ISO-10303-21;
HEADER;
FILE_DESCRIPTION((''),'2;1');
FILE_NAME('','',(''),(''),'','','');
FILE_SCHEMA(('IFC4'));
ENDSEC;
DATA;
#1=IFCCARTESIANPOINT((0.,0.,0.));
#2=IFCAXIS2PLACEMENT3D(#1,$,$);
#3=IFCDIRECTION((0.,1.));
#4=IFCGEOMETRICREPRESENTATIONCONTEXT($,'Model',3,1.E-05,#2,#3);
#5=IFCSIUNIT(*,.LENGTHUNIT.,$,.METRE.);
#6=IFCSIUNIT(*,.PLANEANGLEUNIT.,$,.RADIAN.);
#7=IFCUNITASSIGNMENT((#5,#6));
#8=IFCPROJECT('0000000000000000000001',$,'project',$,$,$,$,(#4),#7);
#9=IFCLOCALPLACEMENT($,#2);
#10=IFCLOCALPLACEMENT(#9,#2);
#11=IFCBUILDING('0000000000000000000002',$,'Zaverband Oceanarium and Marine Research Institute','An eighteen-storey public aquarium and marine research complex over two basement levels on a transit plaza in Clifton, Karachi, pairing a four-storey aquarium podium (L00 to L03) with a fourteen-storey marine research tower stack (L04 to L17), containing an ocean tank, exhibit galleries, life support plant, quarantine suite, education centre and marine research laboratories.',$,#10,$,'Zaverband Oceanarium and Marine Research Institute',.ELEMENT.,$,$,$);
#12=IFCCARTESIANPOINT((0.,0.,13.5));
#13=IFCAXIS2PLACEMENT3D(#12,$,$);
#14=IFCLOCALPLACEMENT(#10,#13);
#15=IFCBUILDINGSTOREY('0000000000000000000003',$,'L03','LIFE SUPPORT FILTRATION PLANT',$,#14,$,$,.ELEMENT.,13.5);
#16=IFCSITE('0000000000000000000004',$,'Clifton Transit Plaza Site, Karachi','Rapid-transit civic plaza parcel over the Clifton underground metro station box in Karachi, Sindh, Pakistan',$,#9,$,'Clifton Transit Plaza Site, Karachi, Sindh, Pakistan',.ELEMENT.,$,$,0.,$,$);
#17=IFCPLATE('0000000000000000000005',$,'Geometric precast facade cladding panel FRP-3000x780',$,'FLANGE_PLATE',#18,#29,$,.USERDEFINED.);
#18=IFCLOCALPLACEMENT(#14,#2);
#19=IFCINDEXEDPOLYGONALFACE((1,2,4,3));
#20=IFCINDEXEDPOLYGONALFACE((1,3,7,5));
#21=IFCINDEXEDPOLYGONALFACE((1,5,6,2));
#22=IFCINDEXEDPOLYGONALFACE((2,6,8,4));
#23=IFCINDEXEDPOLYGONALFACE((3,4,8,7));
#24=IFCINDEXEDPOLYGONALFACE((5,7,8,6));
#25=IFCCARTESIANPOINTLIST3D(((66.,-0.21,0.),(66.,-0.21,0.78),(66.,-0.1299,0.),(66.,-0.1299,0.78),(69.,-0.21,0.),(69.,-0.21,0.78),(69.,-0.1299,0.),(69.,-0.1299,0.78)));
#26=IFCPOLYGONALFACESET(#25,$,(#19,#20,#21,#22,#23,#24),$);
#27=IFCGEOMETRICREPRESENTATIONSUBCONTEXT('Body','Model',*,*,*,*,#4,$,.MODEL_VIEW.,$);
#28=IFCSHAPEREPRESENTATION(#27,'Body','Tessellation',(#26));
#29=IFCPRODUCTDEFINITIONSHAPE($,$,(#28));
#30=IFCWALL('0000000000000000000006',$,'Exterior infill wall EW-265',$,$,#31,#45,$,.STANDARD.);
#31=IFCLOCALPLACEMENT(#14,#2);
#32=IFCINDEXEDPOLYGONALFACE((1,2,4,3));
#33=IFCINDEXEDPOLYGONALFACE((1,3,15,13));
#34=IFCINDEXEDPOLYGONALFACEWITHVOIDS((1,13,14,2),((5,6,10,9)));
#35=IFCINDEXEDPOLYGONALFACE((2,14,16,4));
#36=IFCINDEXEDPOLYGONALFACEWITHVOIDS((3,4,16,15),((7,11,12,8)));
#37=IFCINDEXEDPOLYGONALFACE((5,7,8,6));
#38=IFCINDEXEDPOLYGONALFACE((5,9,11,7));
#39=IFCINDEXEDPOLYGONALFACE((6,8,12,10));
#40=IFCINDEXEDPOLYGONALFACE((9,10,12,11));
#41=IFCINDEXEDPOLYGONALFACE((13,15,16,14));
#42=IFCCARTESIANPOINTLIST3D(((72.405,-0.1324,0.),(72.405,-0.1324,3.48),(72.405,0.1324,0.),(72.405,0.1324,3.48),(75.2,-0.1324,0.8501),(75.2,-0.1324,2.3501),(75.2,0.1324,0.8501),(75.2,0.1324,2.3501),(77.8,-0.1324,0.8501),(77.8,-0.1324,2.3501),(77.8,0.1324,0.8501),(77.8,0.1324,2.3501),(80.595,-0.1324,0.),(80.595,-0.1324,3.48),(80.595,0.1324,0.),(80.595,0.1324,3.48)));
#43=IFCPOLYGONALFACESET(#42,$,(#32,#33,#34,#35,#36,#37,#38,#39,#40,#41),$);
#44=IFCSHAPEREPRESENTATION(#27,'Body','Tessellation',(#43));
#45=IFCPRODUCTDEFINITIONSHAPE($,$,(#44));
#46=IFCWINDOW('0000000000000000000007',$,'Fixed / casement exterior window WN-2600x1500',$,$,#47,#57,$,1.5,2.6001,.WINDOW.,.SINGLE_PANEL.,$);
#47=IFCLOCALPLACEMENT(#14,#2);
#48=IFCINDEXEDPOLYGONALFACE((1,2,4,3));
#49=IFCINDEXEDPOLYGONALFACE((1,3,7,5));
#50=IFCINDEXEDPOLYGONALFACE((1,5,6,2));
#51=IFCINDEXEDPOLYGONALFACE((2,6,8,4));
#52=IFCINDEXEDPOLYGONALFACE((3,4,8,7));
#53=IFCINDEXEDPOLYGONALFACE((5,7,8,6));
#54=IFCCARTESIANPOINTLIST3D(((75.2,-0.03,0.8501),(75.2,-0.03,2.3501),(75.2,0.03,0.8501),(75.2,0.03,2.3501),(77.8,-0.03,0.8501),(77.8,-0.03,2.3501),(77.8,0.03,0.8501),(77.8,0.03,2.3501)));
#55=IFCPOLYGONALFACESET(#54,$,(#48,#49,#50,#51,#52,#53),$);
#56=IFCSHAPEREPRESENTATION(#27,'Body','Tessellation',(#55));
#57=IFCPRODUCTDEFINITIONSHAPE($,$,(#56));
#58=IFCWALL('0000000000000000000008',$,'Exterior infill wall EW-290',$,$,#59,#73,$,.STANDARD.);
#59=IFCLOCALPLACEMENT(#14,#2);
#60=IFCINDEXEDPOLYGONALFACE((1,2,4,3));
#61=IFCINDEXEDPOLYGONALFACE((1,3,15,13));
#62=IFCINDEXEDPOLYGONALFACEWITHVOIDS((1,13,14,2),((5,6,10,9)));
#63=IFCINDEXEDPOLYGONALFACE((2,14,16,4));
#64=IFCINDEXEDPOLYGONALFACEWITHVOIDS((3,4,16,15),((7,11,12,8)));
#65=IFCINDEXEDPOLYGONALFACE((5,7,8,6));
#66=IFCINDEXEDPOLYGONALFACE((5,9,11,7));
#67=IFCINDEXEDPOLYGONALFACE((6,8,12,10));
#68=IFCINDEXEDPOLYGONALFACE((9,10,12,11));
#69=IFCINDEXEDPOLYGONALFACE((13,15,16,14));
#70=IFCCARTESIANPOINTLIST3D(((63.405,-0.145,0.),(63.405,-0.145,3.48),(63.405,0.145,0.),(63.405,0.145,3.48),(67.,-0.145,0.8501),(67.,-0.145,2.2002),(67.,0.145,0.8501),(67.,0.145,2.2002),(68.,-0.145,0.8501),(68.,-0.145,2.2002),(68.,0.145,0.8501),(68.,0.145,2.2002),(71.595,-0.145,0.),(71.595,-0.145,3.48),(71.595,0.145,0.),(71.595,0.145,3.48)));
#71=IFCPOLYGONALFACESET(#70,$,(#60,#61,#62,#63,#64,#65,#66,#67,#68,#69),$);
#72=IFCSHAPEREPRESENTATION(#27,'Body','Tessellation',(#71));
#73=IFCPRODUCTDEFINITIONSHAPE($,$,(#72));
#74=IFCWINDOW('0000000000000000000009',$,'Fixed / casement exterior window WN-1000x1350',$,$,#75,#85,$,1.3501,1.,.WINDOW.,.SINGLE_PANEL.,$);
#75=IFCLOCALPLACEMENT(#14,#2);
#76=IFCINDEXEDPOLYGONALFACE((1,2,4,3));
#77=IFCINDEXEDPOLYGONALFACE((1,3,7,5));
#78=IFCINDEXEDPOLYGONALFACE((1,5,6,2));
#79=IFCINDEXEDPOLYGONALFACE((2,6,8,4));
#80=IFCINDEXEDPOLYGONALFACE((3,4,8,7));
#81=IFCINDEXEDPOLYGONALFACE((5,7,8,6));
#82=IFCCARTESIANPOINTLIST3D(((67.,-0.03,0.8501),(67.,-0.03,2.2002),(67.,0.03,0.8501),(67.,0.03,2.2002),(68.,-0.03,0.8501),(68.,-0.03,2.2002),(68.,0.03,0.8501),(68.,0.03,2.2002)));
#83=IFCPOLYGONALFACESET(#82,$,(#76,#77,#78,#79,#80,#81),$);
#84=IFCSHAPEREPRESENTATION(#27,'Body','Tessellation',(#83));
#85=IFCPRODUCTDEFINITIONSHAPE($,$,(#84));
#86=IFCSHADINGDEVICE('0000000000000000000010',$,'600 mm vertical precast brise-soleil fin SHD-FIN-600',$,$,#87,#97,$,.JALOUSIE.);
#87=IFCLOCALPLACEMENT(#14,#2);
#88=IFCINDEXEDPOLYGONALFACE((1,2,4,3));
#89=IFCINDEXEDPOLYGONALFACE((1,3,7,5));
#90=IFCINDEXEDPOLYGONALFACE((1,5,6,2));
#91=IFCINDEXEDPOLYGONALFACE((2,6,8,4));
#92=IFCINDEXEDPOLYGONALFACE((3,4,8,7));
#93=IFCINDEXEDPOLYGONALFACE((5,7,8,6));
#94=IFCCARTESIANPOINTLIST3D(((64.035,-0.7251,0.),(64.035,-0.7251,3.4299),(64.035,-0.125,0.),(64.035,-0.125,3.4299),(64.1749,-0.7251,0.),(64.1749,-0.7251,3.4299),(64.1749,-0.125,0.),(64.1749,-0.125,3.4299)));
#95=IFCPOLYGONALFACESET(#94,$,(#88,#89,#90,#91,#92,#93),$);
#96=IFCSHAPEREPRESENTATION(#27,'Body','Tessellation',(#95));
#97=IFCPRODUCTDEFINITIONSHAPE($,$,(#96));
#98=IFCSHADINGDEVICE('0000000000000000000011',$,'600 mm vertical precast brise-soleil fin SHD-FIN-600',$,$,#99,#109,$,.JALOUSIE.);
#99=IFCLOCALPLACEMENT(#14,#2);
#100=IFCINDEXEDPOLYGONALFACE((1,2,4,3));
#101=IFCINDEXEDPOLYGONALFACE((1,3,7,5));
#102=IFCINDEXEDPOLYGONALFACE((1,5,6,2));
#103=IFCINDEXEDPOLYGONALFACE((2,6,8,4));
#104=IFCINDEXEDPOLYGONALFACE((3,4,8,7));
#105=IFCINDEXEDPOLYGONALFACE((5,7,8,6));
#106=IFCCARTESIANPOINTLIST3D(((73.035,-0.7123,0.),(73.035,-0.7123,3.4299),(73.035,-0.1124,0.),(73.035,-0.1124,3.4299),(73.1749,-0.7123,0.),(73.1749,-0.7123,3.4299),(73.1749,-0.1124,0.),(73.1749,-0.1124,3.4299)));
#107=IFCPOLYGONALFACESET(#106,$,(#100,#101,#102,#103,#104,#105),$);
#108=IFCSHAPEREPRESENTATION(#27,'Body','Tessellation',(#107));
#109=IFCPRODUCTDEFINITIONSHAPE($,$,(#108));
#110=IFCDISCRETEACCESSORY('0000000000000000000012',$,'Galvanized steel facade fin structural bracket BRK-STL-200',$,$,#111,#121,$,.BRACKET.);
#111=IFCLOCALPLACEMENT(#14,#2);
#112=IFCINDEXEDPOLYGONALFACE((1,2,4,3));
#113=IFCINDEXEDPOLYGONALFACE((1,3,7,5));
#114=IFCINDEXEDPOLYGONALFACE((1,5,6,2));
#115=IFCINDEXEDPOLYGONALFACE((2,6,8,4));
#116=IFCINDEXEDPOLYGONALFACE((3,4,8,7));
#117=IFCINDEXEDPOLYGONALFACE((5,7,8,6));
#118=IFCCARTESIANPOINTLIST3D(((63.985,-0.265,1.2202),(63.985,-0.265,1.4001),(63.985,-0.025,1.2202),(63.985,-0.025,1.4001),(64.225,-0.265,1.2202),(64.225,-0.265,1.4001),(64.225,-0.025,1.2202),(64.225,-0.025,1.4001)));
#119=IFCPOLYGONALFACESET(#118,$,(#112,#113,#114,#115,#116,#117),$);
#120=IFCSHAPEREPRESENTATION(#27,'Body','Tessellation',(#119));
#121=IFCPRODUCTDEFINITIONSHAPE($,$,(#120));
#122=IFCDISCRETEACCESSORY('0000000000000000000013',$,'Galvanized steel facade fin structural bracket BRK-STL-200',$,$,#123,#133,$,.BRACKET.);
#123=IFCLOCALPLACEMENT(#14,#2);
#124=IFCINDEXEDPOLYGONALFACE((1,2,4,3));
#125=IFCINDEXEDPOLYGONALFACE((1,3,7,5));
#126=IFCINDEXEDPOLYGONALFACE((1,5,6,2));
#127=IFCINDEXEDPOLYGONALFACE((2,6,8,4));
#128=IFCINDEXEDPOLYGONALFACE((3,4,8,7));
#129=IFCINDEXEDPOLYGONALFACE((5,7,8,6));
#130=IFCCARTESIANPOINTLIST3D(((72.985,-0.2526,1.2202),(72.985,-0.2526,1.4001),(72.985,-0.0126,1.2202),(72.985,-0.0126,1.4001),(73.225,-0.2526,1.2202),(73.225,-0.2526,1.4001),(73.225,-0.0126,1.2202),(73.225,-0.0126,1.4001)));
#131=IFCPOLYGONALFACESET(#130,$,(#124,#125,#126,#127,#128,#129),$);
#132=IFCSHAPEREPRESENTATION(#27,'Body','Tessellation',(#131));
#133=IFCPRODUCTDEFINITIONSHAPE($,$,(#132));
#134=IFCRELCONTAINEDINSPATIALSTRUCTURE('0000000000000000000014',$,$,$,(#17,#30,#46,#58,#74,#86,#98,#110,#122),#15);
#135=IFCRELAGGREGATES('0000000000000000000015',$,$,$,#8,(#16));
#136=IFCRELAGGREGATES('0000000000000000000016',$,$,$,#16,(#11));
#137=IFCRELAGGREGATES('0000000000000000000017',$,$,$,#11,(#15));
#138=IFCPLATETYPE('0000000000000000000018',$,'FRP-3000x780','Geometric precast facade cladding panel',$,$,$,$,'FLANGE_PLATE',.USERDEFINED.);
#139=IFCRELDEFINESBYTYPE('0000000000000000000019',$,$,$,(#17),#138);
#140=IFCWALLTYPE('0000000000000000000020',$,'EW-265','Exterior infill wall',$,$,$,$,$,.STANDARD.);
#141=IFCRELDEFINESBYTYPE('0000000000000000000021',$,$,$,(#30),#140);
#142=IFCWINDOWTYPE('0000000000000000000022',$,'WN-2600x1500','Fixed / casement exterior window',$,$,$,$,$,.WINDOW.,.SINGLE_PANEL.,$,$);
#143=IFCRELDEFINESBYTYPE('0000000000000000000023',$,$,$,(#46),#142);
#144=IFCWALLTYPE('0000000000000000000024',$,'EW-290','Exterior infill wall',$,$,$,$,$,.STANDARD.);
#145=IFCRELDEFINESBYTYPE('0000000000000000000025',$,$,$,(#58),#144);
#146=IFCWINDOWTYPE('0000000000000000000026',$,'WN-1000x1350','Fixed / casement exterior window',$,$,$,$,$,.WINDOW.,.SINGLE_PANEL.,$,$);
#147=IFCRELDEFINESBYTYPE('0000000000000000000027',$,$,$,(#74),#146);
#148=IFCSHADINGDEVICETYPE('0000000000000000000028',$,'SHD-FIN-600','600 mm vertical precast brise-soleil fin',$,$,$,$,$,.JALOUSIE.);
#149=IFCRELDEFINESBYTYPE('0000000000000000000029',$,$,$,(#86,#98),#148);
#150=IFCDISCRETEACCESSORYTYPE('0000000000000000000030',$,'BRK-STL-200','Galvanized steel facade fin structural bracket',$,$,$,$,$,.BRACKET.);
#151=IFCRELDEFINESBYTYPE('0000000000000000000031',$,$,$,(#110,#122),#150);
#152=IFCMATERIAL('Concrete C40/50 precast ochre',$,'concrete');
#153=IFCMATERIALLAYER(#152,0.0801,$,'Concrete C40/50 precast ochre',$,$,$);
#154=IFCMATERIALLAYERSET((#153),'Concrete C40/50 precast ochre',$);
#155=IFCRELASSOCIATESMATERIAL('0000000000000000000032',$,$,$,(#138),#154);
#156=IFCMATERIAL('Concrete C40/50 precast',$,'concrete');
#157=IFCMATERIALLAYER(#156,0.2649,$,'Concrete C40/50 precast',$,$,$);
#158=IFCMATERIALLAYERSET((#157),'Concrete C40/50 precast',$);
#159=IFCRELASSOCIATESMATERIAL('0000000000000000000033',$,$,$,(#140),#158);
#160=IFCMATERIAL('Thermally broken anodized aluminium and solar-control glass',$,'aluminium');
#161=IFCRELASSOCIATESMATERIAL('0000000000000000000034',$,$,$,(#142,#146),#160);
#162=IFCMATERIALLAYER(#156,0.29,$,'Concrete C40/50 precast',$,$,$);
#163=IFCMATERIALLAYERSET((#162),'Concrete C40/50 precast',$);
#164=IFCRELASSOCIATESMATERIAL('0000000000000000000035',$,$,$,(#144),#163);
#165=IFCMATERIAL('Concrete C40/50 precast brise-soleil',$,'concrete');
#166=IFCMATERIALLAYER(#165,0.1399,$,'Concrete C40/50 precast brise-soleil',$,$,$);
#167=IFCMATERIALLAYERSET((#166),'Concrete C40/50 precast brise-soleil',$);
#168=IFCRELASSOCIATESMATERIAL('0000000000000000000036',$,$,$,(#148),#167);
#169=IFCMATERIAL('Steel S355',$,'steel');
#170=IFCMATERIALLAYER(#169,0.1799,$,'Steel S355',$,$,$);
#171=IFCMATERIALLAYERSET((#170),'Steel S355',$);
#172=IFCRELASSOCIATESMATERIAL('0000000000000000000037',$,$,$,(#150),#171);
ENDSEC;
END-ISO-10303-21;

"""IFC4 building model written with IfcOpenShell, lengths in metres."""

from ifc_helpers import new_model, si_unit, direction, frame, frame_2d, origin, origin_2d, place, context, subcontext, project, spatial, rectangle, extrude, material, layer, layer_set, type_object, element, fill, save


model = new_model("IFC4")

# Units and contexts
model_context = context("Model", 3, precision=1e-05, world=origin(), true_north=direction((0.0, 1.0)))
body_context = subcontext(model_context, "Body", "Model", "MODEL_VIEW")
ifc_project = project(units=[si_unit("LENGTHUNIT", "METRE"), si_unit("PLANEANGLEUNIT", "RADIAN")], contexts=[model_context])

# Site, building, storey
site_placement = place(None, origin())
site = spatial("IfcSite", under=ifc_project, at=site_placement, Name="Clifton Transit Plaza Site, Karachi", Description="Rapid-transit civic plaza parcel over the Clifton underground metro station box in Karachi, Sindh, Pakistan", LongName="Clifton Transit Plaza Site, Karachi, Sindh, Pakistan", CompositionType="ELEMENT", RefElevation=0.0)
building_placement = place(site_placement, origin())
building = spatial("IfcBuilding", under=site, at=building_placement, Name="Zaverband Oceanarium and Marine Research Institute", Description="An eighteen-storey public aquarium and marine research complex over two basement levels on a transit plaza in Clifton, Karachi, pairing a four-storey aquarium podium (L00 to L03) with a fourteen-storey marine research tower stack (L04 to L17), containing an ocean tank, exhibit galleries, life support plant, quarantine suite, education centre and marine research laboratories.", LongName="Zaverband Oceanarium and Marine Research Institute", CompositionType="ELEMENT")
storey_placement = place(building_placement, frame((0.0, 0.0, 13.5)))
storey = spatial("IfcBuildingStorey", under=building, at=storey_placement, Name="L03", Description="LIFE SUPPORT FILTRATION PLANT", CompositionType="ELEMENT", Elevation=13.5)

# Plate
ifc_material_1 = material(Name="Concrete C40/50 precast ochre", Category="concrete")
ifc_layer_1 = layer(ifc_material_1, 0.0801, Name="Concrete C40/50 precast ochre")
ifc_layer_set_1 = layer_set([ifc_layer_1], Name="Concrete C40/50 precast ochre")
plate_type_1 = type_object("IfcPlateType", Name="FRP-3000x780", Description="Geometric precast facade cladding panel", ElementType="FLANGE_PLATE", PredefinedType="USERDEFINED", material=ifc_layer_set_1)
plate_1_placement = place(storey_placement, frame((66.0, -0.1699, 0.0), z_axis=(0.0, 0.0, 1.0), x_axis=(1.0, 0.0, 0.0)))
element("IfcPlate", 1, at=plate_1_placement, inside=storey, type_object=plate_type_1, Name="Geometric precast facade cladding panel FRP-3000x780", ObjectType="FLANGE_PLATE", PredefinedType="USERDEFINED", context=body_context, shape_type="SweptSolid", body=[
    extrude(rectangle(XDim=3.0, YDim=0.0801, at=frame_2d((1.5, 0.0))), origin(), (0.0, 0.0, 1.0), 0.78),
])

# Walls, openings, windows
ifc_material_2 = material(Name="Concrete C40/50 precast", Category="concrete")
ifc_layer_2 = layer(ifc_material_2, 0.2649, Name="Concrete C40/50 precast")
ifc_layer_set_2 = layer_set([ifc_layer_2], Name="Concrete C40/50 precast")
wall_type_1 = type_object("IfcWallType", Name="EW-265", Description="Exterior infill wall", PredefinedType="STANDARD", material=ifc_layer_set_2)
wall_1_placement = place(storey_placement, frame((72.405, 0.0, 0.0), z_axis=(0.0, 0.0, 1.0), x_axis=(1.0, 0.0, 0.0)))
wall_1 = element("IfcWall", 2, at=wall_1_placement, inside=storey, type_object=wall_type_1, Name="Exterior infill wall EW-265", PredefinedType="STANDARD", context=body_context, shape_type="SweptSolid", body=[
    extrude(rectangle(XDim=8.1899, YDim=0.2649, at=frame_2d((4.095, 0.0))), origin(), (0.0, 0.0, 1.0), 3.48),
])
opening_1_placement = place(wall_1_placement, frame((2.7949, 0.0, 0.8501)))
opening_1 = element("IfcOpeningElement", 3, at=opening_1_placement, cuts=wall_1, PredefinedType="OPENING", context=body_context, shape_type="SweptSolid", body=[
    extrude(rectangle(XDim=2.6001, YDim=1.5, at=frame_2d((1.3, 0.75))), frame((0.0, 0.1445, 0.0), z_axis=(0.0, -1.0, 0.0), x_axis=(1.0, 0.0, 0.0)), (0.0, 0.0, 1.0), 0.2888),
])
ifc_material_3 = material(Name="Thermally broken anodized aluminium and solar-control glass", Category="aluminium")
window_type_1 = type_object("IfcWindowType", Name="WN-2600x1500", Description="Fixed / casement exterior window", PartitioningType="SINGLE_PANEL", PredefinedType="WINDOW", material=ifc_material_3)
window_1_placement = place(opening_1_placement, origin())
window_1 = element("IfcWindow", 4, at=window_1_placement, inside=storey, type_object=window_type_1, Name="Fixed / casement exterior window WN-2600x1500", OverallHeight=1.5, OverallWidth=2.6001, PartitioningType="SINGLE_PANEL", PredefinedType="WINDOW", context=body_context, shape_type="SweptSolid", body=[
    extrude(rectangle(XDim=2.6001, YDim=1.5, at=frame_2d((1.3, 0.75))), frame((0.0, 0.03, 0.0), z_axis=(0.0, -1.0, 0.0), x_axis=(1.0, 0.0, 0.0)), (0.0, 0.0, 1.0), 0.0601),
])
fill(opening_1, window_1)
ifc_layer_3 = layer(ifc_material_2, 0.29, Name="Concrete C40/50 precast")
ifc_layer_set_3 = layer_set([ifc_layer_3], Name="Concrete C40/50 precast")
wall_type_2 = type_object("IfcWallType", Name="EW-290", Description="Exterior infill wall", PredefinedType="STANDARD", material=ifc_layer_set_3)
wall_2_placement = place(storey_placement, frame((63.405, 0.0, 0.0), z_axis=(0.0, 0.0, 1.0), x_axis=(1.0, 0.0, 0.0)))
wall_2 = element("IfcWall", 5, at=wall_2_placement, inside=storey, type_object=wall_type_2, Name="Exterior infill wall EW-290", PredefinedType="STANDARD", context=body_context, shape_type="SweptSolid", body=[
    extrude(rectangle(XDim=8.1899, YDim=0.29, at=frame_2d((4.095, 0.0))), origin(), (0.0, 0.0, 1.0), 3.48),
])
opening_2_placement = place(wall_2_placement, frame((3.595, 0.0, 0.8501)))
opening_2 = element("IfcOpeningElement", 6, at=opening_2_placement, cuts=wall_2, PredefinedType="OPENING", context=body_context, shape_type="SweptSolid", body=[
    extrude(rectangle(XDim=1.0, YDim=1.3501, at=frame_2d((0.5, 0.675))), frame((0.0, 0.157, 0.0), z_axis=(0.0, -1.0, 0.0), x_axis=(1.0, 0.0, 0.0)), (0.0, 0.0, 1.0), 0.314),
])
window_type_2 = type_object("IfcWindowType", Name="WN-1000x1350", Description="Fixed / casement exterior window", PartitioningType="SINGLE_PANEL", PredefinedType="WINDOW", material=ifc_material_3)
window_2_placement = place(opening_2_placement, origin())
window_2 = element("IfcWindow", 7, at=window_2_placement, inside=storey, type_object=window_type_2, Name="Fixed / casement exterior window WN-1000x1350", OverallHeight=1.3501, OverallWidth=1.0, PartitioningType="SINGLE_PANEL", PredefinedType="WINDOW", context=body_context, shape_type="SweptSolid", body=[
    extrude(rectangle(XDim=1.0, YDim=1.3501, at=frame_2d((0.5, 0.675))), frame((0.0, 0.03, 0.0), z_axis=(0.0, -1.0, 0.0), x_axis=(1.0, 0.0, 0.0)), (0.0, 0.0, 1.0), 0.0601),
])
fill(opening_2, window_2)

# Shading devices
ifc_material_4 = material(Name="Concrete C40/50 precast brise-soleil", Category="concrete")
ifc_layer_4 = layer(ifc_material_4, 0.1399, Name="Concrete C40/50 precast brise-soleil")
ifc_layer_set_4 = layer_set([ifc_layer_4], Name="Concrete C40/50 precast brise-soleil")
shading_device_type = type_object("IfcShadingDeviceType", Name="SHD-FIN-600", Description="600 mm vertical precast brise-soleil fin", PredefinedType="JALOUSIE", material=ifc_layer_set_4)
shading_device_1_placement = place(storey_placement, frame((64.105, -0.125, 0.0), z_axis=(0.0, 0.0, 1.0), x_axis=(0.0, -1.0, 0.0)))
element("IfcShadingDevice", 8, at=shading_device_1_placement, inside=storey, type_object=shading_device_type, Name="600 mm vertical precast brise-soleil fin SHD-FIN-600", PredefinedType="JALOUSIE", context=body_context, shape_type="SweptSolid", body=[
    extrude(rectangle(XDim=0.6001, YDim=0.1399, at=frame_2d((0.3, 0.0))), origin(), (0.0, 0.0, 1.0), 3.4299),
])
shading_device_2_placement = place(storey_placement, frame((73.105, -0.1125, 0.0), z_axis=(0.0, 0.0, 1.0), x_axis=(0.0, -1.0, 0.0)))
element("IfcShadingDevice", 9, at=shading_device_2_placement, inside=storey, type_object=shading_device_type, Name="600 mm vertical precast brise-soleil fin SHD-FIN-600", PredefinedType="JALOUSIE", context=body_context, shape_type="SweptSolid", body=[
    extrude(rectangle(XDim=0.5999, YDim=0.1399, at=frame_2d((0.2998, 0.0))), origin(), (0.0, 0.0, 1.0), 3.4299),
])

# Discrete accessories
ifc_material_5 = material(Name="Steel S355", Category="steel")
ifc_layer_5 = layer(ifc_material_5, 0.1799, Name="Steel S355")
ifc_layer_set_5 = layer_set([ifc_layer_5], Name="Steel S355")
discrete_accessory_type = type_object("IfcDiscreteAccessoryType", Name="BRK-STL-200", Description="Galvanized steel facade fin structural bracket", PredefinedType="BRACKET", material=ifc_layer_set_5)
for number, where, z_axis, x_axis, name in (
    (10, (64.105, -0.145, 1.2202), (0.0, 0.0, 1.0), (1.0, 0.0, 0.0), "Galvanized steel facade fin structural bracket BRK-STL-200"),
    (11, (73.105, -0.1326, 1.2202), (0.0, 0.0, 1.0), (1.0, 0.0, 0.0), "Galvanized steel facade fin structural bracket BRK-STL-200"),
):
    element("IfcDiscreteAccessory", number, at=place(storey_placement, frame(where, z_axis=z_axis, x_axis=x_axis)), inside=storey, type_object=discrete_accessory_type, Name=name, PredefinedType="BRACKET", context=body_context, shape_type="SweptSolid", body=[
        extrude(rectangle(XDim=0.24, YDim=0.24, at=origin_2d()), origin(), (0.0, 0.0, 1.0), 0.1799),
    ])

save(model, "model.ifc")
